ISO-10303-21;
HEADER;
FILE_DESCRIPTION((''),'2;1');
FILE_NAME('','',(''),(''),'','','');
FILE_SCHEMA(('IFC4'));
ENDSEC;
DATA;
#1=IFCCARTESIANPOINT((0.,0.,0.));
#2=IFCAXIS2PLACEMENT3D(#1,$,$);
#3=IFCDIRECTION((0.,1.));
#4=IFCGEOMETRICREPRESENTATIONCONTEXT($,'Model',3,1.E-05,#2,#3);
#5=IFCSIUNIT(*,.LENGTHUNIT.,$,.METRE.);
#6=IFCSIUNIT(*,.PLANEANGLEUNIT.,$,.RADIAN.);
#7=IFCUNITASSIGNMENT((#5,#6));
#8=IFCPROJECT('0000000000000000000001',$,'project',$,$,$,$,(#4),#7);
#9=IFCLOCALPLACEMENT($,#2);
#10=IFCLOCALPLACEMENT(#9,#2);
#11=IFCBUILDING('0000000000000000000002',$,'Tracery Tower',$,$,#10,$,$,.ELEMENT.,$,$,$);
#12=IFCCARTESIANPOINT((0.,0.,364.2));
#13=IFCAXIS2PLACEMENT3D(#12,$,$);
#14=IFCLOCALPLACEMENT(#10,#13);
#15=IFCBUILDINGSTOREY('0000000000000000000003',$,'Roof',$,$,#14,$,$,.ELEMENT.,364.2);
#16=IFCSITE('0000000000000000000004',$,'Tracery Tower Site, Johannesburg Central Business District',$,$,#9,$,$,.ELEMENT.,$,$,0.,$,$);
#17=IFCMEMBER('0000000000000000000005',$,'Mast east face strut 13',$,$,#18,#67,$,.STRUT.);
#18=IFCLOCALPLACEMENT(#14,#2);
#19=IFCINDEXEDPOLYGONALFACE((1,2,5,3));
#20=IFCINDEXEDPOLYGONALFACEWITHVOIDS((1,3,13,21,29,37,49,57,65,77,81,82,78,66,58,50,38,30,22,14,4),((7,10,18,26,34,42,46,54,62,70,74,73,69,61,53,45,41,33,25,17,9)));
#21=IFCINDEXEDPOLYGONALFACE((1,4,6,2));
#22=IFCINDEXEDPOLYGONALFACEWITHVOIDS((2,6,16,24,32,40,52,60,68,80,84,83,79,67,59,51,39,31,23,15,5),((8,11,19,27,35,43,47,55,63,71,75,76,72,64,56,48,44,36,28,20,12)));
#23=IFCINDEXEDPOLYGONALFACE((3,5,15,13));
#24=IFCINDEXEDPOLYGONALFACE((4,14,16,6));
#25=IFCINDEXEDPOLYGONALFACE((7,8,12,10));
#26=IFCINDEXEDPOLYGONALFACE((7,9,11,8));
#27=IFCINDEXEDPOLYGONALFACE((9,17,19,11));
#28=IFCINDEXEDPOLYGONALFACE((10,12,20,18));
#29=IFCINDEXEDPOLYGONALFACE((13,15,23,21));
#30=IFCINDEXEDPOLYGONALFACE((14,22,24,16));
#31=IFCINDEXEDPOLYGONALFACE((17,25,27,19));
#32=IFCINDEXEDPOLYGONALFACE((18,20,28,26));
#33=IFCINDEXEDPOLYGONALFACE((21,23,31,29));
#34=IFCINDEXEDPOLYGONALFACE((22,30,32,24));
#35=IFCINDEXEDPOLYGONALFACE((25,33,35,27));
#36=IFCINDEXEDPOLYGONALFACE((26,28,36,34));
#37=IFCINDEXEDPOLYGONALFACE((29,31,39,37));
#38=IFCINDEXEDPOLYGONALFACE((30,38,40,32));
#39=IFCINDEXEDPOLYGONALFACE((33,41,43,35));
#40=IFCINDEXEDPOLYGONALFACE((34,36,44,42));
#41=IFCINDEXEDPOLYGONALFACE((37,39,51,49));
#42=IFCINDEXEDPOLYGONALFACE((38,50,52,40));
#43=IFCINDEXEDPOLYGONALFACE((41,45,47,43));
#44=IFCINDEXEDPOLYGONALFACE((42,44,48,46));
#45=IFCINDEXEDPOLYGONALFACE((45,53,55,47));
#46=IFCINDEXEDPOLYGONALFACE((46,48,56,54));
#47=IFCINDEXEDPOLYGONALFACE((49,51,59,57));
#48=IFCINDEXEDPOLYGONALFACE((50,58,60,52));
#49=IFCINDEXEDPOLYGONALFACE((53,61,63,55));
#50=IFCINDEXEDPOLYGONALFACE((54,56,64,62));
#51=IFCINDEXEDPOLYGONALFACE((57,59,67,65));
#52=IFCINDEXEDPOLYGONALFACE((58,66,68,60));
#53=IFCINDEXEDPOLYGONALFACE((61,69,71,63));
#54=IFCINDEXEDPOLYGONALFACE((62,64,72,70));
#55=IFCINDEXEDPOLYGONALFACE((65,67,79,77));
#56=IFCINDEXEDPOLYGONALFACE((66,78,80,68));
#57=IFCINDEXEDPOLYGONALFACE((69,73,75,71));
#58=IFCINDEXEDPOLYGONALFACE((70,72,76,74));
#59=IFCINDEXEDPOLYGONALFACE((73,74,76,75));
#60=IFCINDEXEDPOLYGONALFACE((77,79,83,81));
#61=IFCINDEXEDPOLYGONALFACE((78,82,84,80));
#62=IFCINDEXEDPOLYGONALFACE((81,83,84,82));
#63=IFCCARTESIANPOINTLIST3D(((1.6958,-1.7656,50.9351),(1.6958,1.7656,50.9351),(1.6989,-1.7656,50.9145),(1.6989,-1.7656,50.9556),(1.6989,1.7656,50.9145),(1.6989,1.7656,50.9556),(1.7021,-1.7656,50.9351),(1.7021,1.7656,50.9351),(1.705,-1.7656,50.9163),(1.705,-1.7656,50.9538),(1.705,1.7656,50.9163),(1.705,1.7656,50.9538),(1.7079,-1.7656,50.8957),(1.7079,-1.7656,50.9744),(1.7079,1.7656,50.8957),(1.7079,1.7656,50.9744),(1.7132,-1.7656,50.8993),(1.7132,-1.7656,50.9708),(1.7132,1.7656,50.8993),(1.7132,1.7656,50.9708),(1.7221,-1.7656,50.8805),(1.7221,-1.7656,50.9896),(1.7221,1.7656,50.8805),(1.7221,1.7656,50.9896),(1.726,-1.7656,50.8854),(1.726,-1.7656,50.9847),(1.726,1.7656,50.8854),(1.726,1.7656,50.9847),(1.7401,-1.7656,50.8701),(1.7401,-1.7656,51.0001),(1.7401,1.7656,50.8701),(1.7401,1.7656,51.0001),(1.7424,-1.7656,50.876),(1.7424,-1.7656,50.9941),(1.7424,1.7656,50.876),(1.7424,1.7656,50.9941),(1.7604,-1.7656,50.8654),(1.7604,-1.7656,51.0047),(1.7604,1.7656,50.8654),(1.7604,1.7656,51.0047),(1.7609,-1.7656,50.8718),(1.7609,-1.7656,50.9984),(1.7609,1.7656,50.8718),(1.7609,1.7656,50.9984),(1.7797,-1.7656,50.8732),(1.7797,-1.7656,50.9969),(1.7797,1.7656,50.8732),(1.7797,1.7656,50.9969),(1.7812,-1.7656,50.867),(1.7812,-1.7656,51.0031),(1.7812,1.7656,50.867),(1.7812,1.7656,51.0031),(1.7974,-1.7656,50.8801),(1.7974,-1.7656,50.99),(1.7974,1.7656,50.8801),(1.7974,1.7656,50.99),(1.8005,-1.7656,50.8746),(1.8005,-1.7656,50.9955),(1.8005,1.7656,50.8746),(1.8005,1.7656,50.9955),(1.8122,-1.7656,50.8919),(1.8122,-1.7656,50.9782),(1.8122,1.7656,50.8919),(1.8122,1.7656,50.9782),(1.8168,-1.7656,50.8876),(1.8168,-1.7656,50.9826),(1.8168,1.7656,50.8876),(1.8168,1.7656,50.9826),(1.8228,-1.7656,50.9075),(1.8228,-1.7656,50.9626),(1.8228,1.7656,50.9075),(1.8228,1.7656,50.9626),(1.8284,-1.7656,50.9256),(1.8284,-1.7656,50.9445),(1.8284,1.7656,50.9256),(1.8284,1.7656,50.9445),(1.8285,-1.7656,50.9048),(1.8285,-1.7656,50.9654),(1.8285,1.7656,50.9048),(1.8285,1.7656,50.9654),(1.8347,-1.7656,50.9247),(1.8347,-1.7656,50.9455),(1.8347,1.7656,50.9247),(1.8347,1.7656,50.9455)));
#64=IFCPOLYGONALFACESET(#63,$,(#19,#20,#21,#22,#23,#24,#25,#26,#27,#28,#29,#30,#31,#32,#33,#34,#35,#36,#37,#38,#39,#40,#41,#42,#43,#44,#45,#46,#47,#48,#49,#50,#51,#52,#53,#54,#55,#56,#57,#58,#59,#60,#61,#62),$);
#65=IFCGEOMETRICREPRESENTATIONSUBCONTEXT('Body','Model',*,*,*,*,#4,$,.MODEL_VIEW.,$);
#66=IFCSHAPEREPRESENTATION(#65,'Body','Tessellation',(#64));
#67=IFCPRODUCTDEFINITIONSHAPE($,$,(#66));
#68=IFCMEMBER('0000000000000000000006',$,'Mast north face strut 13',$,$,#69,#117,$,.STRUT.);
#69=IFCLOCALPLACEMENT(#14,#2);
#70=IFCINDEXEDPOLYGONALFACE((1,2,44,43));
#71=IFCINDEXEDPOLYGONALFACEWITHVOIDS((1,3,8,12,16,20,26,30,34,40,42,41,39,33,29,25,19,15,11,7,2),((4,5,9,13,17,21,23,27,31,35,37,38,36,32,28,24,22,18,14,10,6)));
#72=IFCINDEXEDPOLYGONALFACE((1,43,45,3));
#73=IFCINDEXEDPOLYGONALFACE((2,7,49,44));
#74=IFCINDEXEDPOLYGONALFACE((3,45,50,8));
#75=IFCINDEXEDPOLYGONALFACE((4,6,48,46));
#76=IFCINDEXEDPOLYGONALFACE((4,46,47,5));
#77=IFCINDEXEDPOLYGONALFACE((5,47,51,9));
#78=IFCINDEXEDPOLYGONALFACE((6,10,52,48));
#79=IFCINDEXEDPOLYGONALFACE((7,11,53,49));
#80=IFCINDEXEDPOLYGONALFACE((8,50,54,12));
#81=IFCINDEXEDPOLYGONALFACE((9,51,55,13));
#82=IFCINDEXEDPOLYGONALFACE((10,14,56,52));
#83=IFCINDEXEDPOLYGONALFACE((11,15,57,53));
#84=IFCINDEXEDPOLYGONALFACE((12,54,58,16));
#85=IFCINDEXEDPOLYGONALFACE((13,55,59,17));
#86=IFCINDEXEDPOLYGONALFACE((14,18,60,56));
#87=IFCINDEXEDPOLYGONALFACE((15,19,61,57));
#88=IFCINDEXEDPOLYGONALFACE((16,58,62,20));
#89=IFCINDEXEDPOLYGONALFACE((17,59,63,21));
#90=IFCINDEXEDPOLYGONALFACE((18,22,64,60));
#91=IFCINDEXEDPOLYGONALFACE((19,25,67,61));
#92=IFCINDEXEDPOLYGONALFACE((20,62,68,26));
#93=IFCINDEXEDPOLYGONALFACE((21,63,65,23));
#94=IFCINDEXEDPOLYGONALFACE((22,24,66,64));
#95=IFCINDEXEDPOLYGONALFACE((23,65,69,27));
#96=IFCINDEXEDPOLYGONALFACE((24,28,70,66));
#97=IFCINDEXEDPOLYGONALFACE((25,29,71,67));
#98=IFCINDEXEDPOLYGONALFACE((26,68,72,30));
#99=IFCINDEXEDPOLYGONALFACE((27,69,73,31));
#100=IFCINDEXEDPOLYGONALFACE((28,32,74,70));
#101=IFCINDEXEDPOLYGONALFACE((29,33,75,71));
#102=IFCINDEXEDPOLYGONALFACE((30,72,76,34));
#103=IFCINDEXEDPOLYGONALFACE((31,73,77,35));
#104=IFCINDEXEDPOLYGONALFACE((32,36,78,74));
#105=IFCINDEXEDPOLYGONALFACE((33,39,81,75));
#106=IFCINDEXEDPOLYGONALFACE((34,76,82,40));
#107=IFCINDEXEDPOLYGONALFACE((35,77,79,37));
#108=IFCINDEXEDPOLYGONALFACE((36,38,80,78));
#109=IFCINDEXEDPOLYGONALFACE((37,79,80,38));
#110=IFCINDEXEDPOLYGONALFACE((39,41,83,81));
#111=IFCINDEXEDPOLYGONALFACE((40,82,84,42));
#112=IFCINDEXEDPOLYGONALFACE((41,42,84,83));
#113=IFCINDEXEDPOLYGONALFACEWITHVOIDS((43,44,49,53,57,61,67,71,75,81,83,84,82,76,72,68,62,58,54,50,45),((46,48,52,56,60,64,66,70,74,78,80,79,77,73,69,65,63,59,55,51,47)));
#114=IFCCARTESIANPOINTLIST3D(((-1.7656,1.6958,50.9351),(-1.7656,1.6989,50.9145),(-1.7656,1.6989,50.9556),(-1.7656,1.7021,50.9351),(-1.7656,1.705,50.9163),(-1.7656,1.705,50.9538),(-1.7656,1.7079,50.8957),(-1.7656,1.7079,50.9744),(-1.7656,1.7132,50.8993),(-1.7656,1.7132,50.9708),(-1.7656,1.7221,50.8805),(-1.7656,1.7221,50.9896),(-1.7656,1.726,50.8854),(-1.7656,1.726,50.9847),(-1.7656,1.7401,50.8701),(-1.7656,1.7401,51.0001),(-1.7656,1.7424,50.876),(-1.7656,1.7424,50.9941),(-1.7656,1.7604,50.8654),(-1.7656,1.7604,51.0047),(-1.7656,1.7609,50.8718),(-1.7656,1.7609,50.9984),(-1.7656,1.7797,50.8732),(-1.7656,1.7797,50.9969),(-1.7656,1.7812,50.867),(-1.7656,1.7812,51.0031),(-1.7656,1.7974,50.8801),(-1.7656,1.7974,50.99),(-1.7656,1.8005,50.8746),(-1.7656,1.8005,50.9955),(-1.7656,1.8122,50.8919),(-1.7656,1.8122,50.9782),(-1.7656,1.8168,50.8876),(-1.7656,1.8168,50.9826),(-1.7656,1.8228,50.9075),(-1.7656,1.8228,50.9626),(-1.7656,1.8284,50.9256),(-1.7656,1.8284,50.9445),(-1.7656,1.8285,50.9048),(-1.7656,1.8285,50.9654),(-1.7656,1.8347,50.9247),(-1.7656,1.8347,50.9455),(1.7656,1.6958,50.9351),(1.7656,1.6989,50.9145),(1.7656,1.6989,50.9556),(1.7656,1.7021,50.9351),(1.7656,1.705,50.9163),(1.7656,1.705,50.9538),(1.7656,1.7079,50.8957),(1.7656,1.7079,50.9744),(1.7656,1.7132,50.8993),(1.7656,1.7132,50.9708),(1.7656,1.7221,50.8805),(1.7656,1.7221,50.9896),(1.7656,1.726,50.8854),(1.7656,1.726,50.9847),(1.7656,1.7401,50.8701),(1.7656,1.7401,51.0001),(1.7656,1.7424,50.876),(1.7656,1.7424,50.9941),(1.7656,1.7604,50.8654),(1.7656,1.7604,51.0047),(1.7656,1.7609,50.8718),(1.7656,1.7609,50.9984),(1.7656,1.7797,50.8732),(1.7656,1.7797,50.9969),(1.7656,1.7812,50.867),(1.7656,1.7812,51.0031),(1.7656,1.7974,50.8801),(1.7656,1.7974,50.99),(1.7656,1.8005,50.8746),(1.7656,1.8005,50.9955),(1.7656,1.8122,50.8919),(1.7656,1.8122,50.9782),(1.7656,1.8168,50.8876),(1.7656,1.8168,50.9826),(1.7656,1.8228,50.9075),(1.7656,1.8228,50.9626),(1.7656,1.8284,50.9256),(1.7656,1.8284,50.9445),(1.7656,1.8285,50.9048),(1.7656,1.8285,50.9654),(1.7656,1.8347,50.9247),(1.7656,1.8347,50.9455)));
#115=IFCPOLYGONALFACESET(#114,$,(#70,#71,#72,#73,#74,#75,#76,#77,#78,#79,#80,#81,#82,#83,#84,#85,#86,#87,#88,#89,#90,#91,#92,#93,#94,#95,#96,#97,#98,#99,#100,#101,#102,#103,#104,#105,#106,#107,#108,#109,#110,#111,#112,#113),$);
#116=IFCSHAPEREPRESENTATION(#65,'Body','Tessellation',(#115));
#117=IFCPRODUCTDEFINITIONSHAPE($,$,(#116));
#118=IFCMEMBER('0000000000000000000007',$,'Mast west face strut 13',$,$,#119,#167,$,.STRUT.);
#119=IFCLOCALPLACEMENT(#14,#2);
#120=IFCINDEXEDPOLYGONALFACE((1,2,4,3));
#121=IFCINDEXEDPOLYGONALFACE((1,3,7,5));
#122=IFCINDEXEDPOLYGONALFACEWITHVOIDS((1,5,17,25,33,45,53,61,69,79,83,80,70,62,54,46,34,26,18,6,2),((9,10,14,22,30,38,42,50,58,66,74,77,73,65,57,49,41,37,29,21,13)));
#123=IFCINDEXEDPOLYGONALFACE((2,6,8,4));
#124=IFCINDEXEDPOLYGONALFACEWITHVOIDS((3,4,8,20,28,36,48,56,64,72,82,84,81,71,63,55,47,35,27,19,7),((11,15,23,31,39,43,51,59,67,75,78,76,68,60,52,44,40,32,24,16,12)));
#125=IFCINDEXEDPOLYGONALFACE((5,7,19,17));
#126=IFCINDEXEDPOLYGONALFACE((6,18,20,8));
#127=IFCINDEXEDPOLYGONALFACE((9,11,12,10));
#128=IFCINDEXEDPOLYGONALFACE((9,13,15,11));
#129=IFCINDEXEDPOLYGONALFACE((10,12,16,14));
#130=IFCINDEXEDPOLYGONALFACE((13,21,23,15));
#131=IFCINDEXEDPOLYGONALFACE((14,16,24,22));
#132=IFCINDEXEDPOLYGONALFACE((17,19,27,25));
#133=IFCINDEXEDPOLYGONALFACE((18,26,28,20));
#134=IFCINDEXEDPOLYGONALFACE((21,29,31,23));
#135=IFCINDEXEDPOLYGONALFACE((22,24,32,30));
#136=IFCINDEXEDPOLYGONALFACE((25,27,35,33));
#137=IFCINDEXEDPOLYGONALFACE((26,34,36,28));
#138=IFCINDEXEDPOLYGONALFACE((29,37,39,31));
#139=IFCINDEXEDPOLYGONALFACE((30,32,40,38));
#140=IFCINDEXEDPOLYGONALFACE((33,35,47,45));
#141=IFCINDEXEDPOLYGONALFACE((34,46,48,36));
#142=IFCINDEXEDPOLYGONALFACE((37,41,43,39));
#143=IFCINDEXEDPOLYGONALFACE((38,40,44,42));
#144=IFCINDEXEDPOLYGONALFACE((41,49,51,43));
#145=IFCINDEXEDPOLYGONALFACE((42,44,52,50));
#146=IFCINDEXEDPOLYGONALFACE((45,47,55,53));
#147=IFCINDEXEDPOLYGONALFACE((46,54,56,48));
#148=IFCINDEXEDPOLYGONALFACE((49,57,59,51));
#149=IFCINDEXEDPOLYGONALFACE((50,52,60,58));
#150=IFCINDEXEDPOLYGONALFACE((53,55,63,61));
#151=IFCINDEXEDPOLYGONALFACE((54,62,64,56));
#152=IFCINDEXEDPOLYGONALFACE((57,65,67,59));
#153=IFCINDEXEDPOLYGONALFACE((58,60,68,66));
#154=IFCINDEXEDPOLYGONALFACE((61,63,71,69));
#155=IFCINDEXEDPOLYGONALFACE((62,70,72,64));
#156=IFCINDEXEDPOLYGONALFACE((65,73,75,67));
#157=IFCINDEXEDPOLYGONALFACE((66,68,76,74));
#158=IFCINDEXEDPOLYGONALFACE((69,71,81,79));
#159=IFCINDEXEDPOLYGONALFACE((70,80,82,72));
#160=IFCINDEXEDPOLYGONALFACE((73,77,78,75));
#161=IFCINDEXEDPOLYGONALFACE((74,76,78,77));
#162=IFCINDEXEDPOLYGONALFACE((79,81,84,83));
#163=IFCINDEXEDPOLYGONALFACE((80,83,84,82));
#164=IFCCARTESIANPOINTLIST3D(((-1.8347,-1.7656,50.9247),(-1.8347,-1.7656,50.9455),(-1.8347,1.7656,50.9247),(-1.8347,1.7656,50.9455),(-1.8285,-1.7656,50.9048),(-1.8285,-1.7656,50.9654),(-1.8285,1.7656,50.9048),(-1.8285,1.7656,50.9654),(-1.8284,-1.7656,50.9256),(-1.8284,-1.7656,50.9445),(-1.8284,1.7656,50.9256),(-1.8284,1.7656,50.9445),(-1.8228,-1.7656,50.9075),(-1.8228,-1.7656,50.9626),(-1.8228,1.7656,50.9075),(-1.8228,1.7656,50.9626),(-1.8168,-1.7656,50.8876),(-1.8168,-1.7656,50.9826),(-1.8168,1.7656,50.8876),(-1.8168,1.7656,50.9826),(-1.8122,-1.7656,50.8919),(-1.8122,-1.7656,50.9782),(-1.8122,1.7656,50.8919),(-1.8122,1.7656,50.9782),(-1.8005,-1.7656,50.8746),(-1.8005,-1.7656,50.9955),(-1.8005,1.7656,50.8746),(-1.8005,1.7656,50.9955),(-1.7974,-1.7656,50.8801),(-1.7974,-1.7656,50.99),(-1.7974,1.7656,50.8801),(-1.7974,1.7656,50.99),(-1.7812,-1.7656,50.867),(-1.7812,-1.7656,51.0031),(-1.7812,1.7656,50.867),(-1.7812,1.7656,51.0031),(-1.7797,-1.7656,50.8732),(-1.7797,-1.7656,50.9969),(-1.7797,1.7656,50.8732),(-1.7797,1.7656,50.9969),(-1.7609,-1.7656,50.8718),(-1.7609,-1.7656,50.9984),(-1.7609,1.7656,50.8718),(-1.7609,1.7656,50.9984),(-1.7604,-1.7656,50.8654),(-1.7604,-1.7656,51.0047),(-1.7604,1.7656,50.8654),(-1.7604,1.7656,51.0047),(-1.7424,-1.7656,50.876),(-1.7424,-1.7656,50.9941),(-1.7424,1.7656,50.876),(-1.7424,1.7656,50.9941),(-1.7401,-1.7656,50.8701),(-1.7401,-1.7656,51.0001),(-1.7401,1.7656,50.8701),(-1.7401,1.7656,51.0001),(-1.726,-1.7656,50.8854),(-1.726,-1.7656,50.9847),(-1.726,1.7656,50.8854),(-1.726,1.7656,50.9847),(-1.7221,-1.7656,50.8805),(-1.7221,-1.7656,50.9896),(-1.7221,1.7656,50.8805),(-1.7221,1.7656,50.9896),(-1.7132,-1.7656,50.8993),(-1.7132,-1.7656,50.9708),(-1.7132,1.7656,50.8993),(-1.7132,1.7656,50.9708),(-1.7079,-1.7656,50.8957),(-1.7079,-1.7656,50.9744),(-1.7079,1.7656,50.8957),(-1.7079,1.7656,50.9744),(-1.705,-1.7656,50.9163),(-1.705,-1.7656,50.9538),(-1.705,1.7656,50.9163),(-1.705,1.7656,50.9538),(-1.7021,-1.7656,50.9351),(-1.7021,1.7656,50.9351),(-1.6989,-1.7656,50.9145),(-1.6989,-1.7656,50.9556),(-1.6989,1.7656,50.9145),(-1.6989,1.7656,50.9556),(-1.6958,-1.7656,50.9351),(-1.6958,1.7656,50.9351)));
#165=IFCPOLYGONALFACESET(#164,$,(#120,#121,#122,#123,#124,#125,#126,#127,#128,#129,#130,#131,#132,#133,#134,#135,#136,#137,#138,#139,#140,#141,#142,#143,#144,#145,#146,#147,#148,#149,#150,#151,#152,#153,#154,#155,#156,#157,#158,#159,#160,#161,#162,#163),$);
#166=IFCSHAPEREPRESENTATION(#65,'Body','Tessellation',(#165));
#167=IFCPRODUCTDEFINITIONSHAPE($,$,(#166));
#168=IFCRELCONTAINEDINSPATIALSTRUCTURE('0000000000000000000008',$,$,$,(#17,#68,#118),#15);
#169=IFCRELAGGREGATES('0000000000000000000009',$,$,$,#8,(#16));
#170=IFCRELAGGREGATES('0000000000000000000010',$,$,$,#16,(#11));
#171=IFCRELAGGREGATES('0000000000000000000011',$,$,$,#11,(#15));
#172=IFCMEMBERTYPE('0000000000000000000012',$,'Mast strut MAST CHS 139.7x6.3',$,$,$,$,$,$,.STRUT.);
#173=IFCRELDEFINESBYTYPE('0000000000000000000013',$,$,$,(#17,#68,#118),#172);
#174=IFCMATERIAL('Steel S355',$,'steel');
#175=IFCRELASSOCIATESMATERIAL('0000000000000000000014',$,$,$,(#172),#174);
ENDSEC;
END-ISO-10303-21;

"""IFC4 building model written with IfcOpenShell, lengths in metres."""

from ifc_helpers import new_model, si_unit, direction, frame, origin, origin_2d, place, context, subcontext, project, spatial, hollow_circle, extrude, material, material_profile, profile_set, type_object, element, save


model = new_model("IFC4")

# Units and contexts
model_context = context("Model", 3, precision=1e-05, world=origin(), true_north=direction((0.0, 1.0)))
body_context = subcontext(model_context, "Body", "Model", "MODEL_VIEW")
ifc_project = project(units=[si_unit("LENGTHUNIT", "METRE"), si_unit("PLANEANGLEUNIT", "RADIAN")], contexts=[model_context])

# Site, building, storey
site_placement = place(None, origin())
site = spatial("IfcSite", under=ifc_project, at=site_placement, Name="Tracery Tower Site, Johannesburg Central Business District", CompositionType="ELEMENT", RefElevation=0.0)
building_placement = place(site_placement, origin())
building = spatial("IfcBuilding", under=site, at=building_placement, Name="Tracery Tower", CompositionType="ELEMENT")
storey_placement = place(building_placement, frame((0.0, 0.0, 364.2)))
storey = spatial("IfcBuildingStorey", under=building, at=storey_placement, Name="Roof", CompositionType="ELEMENT", Elevation=364.2)

# Members
ifc_material_1 = material(Name="Steel S355", Category="steel")
ifc_material_profile_1 = material_profile(ifc_material_1, hollow_circle(Radius=0.0698, WallThickness=0.0063, at=origin_2d()), Name="CHS 139.7x6.3")
ifc_profile_set_1 = profile_set([ifc_material_profile_1], Name="Steel S355")
member_type_1 = type_object("IfcMemberType", Name="Mast strut MAST CHS 139.7x6.3", PredefinedType="STRUT", material=ifc_profile_set_1)
for number, where, z_axis, x_axis, name in (
    (1, (1.7656, -1.7656, 50.9351), (0.0, 1.0, 0.0), (-1.0, 0.0, 0.0), "Mast east face strut 13"),
    (2, (1.7656, 1.7656, 50.9351), (-1.0, 0.0, 0.0), (0.0, -1.0, 0.0), "Mast north face strut 13"),
    (3, (-1.7656, 1.7656, 50.9351), (0.0, -1.0, 0.0), (1.0, 0.0, 0.0), "Mast west face strut 13"),
):
    element("IfcMember", number, at=place(storey_placement, frame(where, z_axis=z_axis, x_axis=x_axis)), inside=storey, type_object=member_type_1, Name=name, PredefinedType="STRUT", context=body_context, shape_type="SweptSolid", body=[
        extrude(hollow_circle(Radius=0.0698, WallThickness=0.0063, at=origin_2d()), origin(), (0.0, 0.0, 1.0), 3.5312),
    ])

save(model, "model.ifc")
